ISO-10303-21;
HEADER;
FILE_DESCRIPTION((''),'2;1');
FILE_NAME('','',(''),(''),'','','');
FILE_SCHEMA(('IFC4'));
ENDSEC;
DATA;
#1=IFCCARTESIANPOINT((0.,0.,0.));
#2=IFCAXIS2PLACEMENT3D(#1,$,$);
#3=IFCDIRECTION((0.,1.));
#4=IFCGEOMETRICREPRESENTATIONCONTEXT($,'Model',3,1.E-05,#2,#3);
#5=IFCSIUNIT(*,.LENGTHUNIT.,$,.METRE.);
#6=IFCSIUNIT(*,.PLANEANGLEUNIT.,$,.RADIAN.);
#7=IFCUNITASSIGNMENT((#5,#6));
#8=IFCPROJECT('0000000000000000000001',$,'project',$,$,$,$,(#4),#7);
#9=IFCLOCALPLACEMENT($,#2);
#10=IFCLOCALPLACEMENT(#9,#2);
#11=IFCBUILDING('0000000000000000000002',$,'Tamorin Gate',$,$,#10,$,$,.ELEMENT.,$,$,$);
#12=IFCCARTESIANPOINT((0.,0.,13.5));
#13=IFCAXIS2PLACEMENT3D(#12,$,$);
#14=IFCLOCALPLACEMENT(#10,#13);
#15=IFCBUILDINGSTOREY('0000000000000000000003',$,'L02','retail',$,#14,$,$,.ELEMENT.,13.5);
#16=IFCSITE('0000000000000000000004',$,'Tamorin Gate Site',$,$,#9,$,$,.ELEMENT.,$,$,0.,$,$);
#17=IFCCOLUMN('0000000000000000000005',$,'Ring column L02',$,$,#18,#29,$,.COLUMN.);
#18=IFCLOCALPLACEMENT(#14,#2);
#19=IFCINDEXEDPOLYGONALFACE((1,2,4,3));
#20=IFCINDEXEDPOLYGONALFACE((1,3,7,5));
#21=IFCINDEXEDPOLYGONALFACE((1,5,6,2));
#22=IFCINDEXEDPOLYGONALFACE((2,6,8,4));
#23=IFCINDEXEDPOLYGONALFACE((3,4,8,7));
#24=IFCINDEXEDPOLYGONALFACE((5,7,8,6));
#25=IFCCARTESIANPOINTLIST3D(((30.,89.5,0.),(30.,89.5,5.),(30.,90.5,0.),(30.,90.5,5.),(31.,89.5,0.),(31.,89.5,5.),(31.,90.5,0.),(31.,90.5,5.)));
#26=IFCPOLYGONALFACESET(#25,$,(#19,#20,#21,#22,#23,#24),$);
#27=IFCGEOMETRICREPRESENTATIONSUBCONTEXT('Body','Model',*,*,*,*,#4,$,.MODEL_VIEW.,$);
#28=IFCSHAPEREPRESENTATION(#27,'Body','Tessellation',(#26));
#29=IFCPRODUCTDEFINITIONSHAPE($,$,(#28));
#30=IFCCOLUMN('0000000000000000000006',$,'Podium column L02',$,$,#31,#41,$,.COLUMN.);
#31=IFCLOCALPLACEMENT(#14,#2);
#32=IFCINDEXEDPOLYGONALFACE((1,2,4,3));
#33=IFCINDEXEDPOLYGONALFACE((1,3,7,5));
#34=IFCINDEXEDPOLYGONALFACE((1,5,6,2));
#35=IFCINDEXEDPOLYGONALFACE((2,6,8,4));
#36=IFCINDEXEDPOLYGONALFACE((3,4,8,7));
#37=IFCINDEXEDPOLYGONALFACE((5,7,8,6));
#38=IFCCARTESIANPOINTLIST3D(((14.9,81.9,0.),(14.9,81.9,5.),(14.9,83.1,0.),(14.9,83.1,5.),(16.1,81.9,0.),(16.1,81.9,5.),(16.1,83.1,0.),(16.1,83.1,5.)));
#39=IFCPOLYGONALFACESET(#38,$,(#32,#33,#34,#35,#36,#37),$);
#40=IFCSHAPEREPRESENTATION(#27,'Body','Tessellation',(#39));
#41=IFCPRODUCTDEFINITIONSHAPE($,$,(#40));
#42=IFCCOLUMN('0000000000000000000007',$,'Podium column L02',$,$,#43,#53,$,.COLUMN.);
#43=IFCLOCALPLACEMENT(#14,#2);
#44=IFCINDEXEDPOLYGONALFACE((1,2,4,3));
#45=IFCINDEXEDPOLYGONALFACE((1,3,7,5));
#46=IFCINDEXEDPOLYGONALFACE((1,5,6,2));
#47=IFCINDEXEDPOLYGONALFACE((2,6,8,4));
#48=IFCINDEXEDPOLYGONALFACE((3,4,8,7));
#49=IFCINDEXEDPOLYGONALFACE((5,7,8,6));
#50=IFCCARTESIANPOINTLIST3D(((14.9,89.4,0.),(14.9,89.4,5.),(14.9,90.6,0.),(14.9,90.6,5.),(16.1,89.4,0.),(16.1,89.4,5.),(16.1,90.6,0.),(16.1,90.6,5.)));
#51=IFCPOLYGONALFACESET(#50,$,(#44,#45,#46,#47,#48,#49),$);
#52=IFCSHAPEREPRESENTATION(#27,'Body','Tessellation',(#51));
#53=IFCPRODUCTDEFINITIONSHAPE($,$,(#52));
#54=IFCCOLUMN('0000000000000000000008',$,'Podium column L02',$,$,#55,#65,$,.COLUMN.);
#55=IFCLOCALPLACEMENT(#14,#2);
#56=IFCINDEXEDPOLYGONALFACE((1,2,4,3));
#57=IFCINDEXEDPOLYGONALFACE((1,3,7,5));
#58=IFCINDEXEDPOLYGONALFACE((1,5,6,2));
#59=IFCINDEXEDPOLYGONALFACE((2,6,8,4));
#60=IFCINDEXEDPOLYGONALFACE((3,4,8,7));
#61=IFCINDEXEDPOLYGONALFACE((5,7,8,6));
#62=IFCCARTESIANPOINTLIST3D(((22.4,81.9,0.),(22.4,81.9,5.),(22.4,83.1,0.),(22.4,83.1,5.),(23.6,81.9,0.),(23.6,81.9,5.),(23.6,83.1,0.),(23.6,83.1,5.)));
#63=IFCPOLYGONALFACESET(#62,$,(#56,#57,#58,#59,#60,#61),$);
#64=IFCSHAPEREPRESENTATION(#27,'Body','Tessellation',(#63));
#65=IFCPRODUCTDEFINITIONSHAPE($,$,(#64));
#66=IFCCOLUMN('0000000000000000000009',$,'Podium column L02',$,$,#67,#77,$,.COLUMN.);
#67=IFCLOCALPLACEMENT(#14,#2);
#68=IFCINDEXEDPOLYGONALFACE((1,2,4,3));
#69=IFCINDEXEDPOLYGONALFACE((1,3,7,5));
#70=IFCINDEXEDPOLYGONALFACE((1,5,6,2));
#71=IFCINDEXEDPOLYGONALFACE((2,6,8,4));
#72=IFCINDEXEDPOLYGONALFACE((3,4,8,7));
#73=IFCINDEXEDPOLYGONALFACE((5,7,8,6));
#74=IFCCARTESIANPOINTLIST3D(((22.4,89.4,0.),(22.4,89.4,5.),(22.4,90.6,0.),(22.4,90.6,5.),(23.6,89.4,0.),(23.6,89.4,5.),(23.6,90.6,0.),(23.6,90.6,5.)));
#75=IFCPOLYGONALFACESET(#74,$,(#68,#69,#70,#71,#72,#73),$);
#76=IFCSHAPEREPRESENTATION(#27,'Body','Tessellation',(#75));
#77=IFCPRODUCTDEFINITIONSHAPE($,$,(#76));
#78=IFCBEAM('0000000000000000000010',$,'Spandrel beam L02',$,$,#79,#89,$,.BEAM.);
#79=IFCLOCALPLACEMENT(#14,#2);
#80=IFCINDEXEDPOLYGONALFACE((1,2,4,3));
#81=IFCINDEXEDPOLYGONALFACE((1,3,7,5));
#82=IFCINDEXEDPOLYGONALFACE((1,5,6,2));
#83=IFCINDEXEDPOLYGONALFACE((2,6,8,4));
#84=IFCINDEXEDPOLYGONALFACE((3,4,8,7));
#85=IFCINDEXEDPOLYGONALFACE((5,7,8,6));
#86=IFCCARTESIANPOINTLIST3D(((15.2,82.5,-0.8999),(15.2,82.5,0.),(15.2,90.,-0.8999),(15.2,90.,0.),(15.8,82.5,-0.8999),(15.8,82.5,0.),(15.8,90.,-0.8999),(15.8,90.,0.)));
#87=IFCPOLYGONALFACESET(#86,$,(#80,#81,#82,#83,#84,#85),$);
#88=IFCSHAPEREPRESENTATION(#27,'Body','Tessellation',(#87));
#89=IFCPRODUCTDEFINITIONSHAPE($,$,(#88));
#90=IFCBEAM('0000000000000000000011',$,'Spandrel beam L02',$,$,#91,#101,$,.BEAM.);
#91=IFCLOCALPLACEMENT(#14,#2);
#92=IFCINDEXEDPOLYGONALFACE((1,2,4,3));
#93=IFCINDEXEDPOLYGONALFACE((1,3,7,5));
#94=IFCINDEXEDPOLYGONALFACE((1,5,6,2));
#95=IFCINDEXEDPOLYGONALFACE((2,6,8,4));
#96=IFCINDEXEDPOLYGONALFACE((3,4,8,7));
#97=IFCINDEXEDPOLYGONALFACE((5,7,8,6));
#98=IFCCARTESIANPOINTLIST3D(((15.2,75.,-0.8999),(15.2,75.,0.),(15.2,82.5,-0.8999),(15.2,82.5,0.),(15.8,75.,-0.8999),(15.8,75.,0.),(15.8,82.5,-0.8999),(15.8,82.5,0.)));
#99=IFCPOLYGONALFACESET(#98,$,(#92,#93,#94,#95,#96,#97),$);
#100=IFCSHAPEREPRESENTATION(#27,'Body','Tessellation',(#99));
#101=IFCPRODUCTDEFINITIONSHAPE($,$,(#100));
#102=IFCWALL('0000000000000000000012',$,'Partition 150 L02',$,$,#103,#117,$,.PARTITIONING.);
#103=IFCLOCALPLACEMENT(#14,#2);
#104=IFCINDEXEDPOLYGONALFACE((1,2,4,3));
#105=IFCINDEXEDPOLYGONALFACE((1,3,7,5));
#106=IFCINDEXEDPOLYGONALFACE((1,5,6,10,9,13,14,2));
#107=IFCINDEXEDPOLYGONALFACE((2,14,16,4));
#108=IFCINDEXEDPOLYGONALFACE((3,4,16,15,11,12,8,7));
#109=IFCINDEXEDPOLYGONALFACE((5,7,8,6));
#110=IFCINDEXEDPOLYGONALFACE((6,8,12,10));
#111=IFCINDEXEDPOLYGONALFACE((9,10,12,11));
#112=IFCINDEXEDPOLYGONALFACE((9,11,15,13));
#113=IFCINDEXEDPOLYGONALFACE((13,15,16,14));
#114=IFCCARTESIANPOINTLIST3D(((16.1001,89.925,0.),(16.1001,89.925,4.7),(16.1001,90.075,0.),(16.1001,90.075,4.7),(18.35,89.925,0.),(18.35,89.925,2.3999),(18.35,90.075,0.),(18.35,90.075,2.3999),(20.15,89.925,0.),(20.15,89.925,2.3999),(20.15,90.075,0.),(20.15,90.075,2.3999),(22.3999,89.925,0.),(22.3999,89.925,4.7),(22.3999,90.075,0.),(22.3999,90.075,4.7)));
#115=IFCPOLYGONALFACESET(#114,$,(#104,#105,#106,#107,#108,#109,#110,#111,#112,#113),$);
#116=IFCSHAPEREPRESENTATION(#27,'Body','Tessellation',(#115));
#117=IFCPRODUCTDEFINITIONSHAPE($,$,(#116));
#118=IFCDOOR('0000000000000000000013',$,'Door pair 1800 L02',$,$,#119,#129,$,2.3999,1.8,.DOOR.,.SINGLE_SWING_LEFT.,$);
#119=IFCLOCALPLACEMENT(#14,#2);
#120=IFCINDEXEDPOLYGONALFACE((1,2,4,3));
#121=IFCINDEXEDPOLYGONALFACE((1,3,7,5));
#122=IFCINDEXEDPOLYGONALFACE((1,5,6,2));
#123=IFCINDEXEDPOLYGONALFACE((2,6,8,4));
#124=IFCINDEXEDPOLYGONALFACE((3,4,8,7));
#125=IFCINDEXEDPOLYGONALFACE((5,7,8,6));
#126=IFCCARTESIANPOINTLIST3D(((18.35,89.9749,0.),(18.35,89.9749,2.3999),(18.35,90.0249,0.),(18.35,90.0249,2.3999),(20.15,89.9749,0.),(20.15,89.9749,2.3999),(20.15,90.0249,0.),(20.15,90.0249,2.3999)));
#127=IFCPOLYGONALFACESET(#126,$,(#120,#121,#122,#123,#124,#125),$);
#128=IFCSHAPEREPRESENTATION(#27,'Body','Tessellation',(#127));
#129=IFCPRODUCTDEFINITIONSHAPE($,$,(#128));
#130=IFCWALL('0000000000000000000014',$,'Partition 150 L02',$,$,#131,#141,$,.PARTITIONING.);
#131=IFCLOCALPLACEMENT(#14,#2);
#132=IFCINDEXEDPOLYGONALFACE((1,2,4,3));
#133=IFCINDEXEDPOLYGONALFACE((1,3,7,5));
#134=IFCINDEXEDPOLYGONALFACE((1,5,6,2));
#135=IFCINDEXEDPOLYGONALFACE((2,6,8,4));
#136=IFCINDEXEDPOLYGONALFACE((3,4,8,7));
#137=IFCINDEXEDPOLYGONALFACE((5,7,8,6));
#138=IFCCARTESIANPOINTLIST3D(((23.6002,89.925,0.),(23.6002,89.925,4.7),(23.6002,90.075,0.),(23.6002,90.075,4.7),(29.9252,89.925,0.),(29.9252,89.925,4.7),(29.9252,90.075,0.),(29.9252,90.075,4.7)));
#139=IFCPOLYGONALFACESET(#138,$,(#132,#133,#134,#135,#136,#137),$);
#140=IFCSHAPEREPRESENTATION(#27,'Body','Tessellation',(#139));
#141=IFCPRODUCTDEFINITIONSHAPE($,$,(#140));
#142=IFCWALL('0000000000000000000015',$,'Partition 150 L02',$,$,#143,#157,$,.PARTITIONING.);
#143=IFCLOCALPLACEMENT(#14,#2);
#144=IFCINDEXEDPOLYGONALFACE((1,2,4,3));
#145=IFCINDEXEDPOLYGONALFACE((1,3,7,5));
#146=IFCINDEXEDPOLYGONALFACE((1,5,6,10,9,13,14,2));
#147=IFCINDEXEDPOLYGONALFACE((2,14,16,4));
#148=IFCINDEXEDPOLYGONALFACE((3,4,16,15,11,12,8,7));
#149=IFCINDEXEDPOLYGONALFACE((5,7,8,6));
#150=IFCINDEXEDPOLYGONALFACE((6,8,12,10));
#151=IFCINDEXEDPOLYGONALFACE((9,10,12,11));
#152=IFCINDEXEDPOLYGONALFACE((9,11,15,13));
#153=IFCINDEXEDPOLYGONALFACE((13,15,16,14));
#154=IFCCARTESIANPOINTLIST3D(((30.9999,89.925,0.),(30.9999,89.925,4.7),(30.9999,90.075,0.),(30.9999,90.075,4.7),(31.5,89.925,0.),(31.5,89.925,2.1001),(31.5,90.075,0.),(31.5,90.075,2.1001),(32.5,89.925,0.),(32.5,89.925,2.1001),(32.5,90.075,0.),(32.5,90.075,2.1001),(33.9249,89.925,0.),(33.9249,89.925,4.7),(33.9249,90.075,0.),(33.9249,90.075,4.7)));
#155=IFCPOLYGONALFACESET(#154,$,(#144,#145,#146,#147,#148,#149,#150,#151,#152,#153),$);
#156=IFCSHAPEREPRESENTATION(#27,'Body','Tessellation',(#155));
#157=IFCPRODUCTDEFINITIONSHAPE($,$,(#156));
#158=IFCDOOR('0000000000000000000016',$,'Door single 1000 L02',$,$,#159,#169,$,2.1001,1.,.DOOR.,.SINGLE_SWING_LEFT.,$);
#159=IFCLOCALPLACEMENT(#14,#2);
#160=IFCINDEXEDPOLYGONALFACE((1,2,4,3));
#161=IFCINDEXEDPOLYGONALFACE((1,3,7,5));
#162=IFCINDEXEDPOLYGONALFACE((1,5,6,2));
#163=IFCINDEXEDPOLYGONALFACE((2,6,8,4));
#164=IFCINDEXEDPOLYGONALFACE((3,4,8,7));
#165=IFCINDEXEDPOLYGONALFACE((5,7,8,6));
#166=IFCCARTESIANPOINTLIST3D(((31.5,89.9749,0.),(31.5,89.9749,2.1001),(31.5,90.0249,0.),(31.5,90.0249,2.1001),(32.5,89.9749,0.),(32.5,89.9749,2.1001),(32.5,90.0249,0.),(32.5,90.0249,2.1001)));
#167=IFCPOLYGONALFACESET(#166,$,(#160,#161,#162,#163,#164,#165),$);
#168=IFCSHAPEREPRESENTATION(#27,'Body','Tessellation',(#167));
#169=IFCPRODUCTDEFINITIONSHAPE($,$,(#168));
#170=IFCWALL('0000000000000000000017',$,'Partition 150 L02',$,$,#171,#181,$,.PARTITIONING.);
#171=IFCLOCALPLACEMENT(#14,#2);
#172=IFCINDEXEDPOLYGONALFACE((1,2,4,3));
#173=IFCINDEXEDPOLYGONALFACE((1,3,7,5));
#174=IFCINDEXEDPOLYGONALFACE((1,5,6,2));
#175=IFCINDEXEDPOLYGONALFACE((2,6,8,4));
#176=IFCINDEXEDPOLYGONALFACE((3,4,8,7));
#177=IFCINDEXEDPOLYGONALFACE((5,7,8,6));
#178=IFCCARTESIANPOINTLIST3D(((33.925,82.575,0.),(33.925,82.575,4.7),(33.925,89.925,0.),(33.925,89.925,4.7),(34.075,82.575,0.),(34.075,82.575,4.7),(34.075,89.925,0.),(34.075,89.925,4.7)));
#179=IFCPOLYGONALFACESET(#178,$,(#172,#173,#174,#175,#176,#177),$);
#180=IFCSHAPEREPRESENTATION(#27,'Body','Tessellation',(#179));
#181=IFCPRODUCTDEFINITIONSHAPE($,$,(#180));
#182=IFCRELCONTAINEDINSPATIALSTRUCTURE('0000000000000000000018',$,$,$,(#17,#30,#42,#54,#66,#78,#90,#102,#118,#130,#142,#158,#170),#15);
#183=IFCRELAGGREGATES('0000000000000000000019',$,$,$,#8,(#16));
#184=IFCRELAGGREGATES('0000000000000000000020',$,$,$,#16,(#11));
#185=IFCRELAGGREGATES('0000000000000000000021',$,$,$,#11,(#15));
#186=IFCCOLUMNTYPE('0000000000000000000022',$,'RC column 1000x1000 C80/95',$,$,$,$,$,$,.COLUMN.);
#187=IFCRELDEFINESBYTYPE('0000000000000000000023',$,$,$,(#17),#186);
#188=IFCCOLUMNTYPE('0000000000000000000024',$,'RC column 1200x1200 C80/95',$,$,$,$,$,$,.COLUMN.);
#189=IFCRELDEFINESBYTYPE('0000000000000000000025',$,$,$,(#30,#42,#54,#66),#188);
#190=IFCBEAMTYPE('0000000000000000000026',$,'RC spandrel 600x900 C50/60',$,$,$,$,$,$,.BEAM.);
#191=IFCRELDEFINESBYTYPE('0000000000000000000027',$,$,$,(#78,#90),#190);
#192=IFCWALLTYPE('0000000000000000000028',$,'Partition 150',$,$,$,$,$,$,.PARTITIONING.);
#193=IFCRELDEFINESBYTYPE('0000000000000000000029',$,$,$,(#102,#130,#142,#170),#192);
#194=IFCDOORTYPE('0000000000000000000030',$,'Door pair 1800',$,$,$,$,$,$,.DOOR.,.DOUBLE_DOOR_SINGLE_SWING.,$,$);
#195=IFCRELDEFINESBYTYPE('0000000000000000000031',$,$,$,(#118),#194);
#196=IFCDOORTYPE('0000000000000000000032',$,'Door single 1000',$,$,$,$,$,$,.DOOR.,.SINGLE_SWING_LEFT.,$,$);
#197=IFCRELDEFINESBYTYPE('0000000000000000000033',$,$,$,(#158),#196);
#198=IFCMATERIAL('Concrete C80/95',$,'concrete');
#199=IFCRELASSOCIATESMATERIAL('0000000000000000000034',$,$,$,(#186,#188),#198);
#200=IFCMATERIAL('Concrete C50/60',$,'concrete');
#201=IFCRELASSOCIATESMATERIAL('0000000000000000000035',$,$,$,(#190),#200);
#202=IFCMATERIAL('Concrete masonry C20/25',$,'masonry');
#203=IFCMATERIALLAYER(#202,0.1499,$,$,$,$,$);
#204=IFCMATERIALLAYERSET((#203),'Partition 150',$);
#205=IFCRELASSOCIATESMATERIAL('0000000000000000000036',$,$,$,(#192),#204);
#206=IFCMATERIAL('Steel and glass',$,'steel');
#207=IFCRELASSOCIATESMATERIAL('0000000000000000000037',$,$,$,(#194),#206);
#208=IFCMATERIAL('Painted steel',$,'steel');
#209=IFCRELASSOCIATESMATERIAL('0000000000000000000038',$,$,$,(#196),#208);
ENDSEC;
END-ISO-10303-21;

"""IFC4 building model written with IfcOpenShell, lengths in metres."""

from ifc_helpers import new_model, si_unit, direction, frame, frame_2d, origin, origin_2d, place, context, subcontext, project, spatial, rectangle, extrude, material, layer, layer_set, material_profile, profile_set, type_object, element, fill, save


model = new_model("IFC4")

# Units and contexts
model_context = context("Model", 3, precision=1e-05, world=origin(), true_north=direction((0.0, 1.0)))
body_context = subcontext(model_context, "Body", "Model", "MODEL_VIEW")
ifc_project = project(units=[si_unit("LENGTHUNIT", "METRE"), si_unit("PLANEANGLEUNIT", "RADIAN")], contexts=[model_context])

# Site, building, storey
site_placement = place(None, origin())
site = spatial("IfcSite", under=ifc_project, at=site_placement, Name="Tamorin Gate Site", CompositionType="ELEMENT", RefElevation=0.0)
building_placement = place(site_placement, origin())
building = spatial("IfcBuilding", under=site, at=building_placement, Name="Tamorin Gate", CompositionType="ELEMENT")
storey_placement = place(building_placement, frame((0.0, 0.0, 13.5)))
storey = spatial("IfcBuildingStorey", under=building, at=storey_placement, Name="L02", Description="retail", CompositionType="ELEMENT", Elevation=13.5)

# Columns
ifc_material_1 = material(Name="Concrete C80/95", Category="concrete")
ifc_material_profile_1 = material_profile(ifc_material_1, rectangle(XDim=1.0, YDim=1.0, at=origin_2d()), Name="RC 1000x1000")
ifc_profile_set_1 = profile_set([ifc_material_profile_1], Name="Concrete C80/95")
column_type_1 = type_object("IfcColumnType", Name="RC column 1000x1000 C80/95", PredefinedType="COLUMN", material=ifc_profile_set_1)
column_placement = place(storey_placement, frame((30.5, 90.0, 0.0), z_axis=(0.0, 0.0, 1.0), x_axis=(1.0, 0.0, 0.0)))
element("IfcColumn", 1, at=column_placement, inside=storey, type_object=column_type_1, Name="Ring column L02", PredefinedType="COLUMN", context=body_context, shape_type="SweptSolid", body=[
    extrude(rectangle(XDim=1.0, YDim=1.0, at=origin_2d()), origin(), (0.0, 0.0, 1.0), 5.0),
])
ifc_material_profile_2 = material_profile(ifc_material_1, rectangle(XDim=1.2, YDim=1.2, at=origin_2d()), Name="RC 1200x1200")
ifc_profile_set_2 = profile_set([ifc_material_profile_2], Name="Concrete C80/95")
column_type_2 = type_object("IfcColumnType", Name="RC column 1200x1200 C80/95", PredefinedType="COLUMN", material=ifc_profile_set_2)
for number, where, z_axis, x_axis, name in (
    (2, (15.5, 82.5, 0.0), (0.0, 0.0, 1.0), (1.0, 0.0, 0.0), "Podium column L02"),
    (3, (15.5, 90.0, 0.0), (0.0, 0.0, 1.0), (1.0, 0.0, 0.0), "Podium column L02"),
    (4, (23.0, 82.5, 0.0), (0.0, 0.0, 1.0), (1.0, 0.0, 0.0), "Podium column L02"),
    (5, (23.0, 90.0, 0.0), (0.0, 0.0, 1.0), (1.0, 0.0, 0.0), "Podium column L02"),
):
    element("IfcColumn", number, at=place(storey_placement, frame(where, z_axis=z_axis, x_axis=x_axis)), inside=storey, type_object=column_type_2, Name=name, PredefinedType="COLUMN", context=body_context, shape_type="SweptSolid", body=[
        extrude(rectangle(XDim=1.2, YDim=1.2, at=origin_2d()), origin(), (0.0, 0.0, 1.0), 5.0),
    ])

# Beams
ifc_material_2 = material(Name="Concrete C50/60", Category="concrete")
ifc_material_profile_3 = material_profile(ifc_material_2, rectangle(XDim=0.6001, YDim=0.8999, at=origin_2d()), Name="RC 600x900")
ifc_profile_set_3 = profile_set([ifc_material_profile_3], Name="Concrete C50/60")
beam_type = type_object("IfcBeamType", Name="RC spandrel 600x900 C50/60", PredefinedType="BEAM", material=ifc_profile_set_3)
for number, where, z_axis, x_axis, name in (
    (6, (15.5, 90.0, -0.45), (0.0, -1.0, 0.0), (1.0, 0.0, 0.0), "Spandrel beam L02"),
    (7, (15.5, 82.5, -0.45), (0.0, -1.0, 0.0), (1.0, 0.0, 0.0), "Spandrel beam L02"),
):
    element("IfcBeam", number, at=place(storey_placement, frame(where, z_axis=z_axis, x_axis=x_axis)), inside=storey, type_object=beam_type, Name=name, PredefinedType="BEAM", context=body_context, shape_type="SweptSolid", body=[
        extrude(rectangle(XDim=0.6001, YDim=0.8999, at=origin_2d()), origin(), (0.0, 0.0, 1.0), 7.5),
    ])

# Wall, opening, door
ifc_material_3 = material(Name="Concrete masonry C20/25", Category="masonry")
ifc_layer_1 = layer(ifc_material_3, 0.1499)
ifc_layer_set_1 = layer_set([ifc_layer_1], Name="Partition 150")
wall_type_1 = type_object("IfcWallType", Name="Partition 150", PredefinedType="PARTITIONING", material=ifc_layer_set_1)
wall_1_placement = place(storey_placement, frame((16.1001, 90.0, 0.0), z_axis=(0.0, 0.0, 1.0), x_axis=(1.0, 0.0, 0.0)))
wall_1 = element("IfcWall", 8, at=wall_1_placement, inside=storey, type_object=wall_type_1, Name="Partition 150 L02", PredefinedType="PARTITIONING", context=body_context, shape_type="SweptSolid", body=[
    extrude(rectangle(XDim=6.2998, YDim=0.1499, at=frame_2d((3.1499, 0.0))), origin(), (0.0, 0.0, 1.0), 4.7),
])
opening_1_placement = place(wall_1_placement, frame((2.25, 0.0, 0.0)))
opening_1 = element("IfcOpeningElement", 9, at=opening_1_placement, cuts=wall_1, PredefinedType="OPENING", context=body_context, shape_type="SweptSolid", body=[
    extrude(rectangle(XDim=1.8, YDim=2.3999, at=frame_2d((0.8999, 1.2))), frame((0.0, 0.085, 0.0), z_axis=(0.0, -1.0, 0.0), x_axis=(1.0, 0.0, 0.0)), (0.0, 0.0, 1.0), 0.1699),
])
ifc_material_4 = material(Name="Steel and glass", Category="steel")
door_type_1 = type_object("IfcDoorType", Name="Door pair 1800", OperationType="DOUBLE_DOOR_SINGLE_SWING", PredefinedType="DOOR", material=ifc_material_4)
door_1_placement = place(opening_1_placement, origin())
door_1 = element("IfcDoor", 10, at=door_1_placement, inside=storey, type_object=door_type_1, Name="Door pair 1800 L02", OperationType="SINGLE_SWING_LEFT", OverallHeight=2.3999, OverallWidth=1.8, PredefinedType="DOOR", context=body_context, shape_type="SweptSolid", body=[
    extrude(rectangle(XDim=1.8, YDim=2.3999, at=frame_2d((0.8999, 1.2))), frame((0.0, 0.0249, 0.0), z_axis=(0.0, -1.0, 0.0), x_axis=(1.0, 0.0, 0.0)), (0.0, 0.0, 1.0), 0.05),
])
fill(opening_1, door_1)

# Wall
wall_2_placement = place(storey_placement, frame((23.6001, 90.0, 0.0), z_axis=(0.0, 0.0, 1.0), x_axis=(1.0, 0.0, 0.0)))
element("IfcWall", 11, at=wall_2_placement, inside=storey, type_object=wall_type_1, Name="Partition 150 L02", PredefinedType="PARTITIONING", context=body_context, shape_type="SweptSolid", body=[
    extrude(rectangle(XDim=6.325, YDim=0.1499, at=frame_2d((3.1626, 0.0))), origin(), (0.0, 0.0, 1.0), 4.7),
])

# Wall, opening, door
wall_3_placement = place(storey_placement, frame((31.0, 90.0, 0.0), z_axis=(0.0, 0.0, 1.0), x_axis=(1.0, 0.0, 0.0)))
wall_3 = element("IfcWall", 12, at=wall_3_placement, inside=storey, type_object=wall_type_1, Name="Partition 150 L02", PredefinedType="PARTITIONING", context=body_context, shape_type="SweptSolid", body=[
    extrude(rectangle(XDim=2.925, YDim=0.1499, at=frame_2d((1.4624, 0.0))), origin(), (0.0, 0.0, 1.0), 4.7),
])
opening_2_placement = place(wall_3_placement, frame((0.5, 0.0, 0.0)))
opening_2 = element("IfcOpeningElement", 13, at=opening_2_placement, cuts=wall_3, PredefinedType="OPENING", context=body_context, shape_type="SweptSolid", body=[
    extrude(rectangle(XDim=1.0, YDim=2.1001, at=frame_2d((0.5, 1.05))), frame((0.0, 0.085, 0.0), z_axis=(0.0, -1.0, 0.0), x_axis=(1.0, 0.0, 0.0)), (0.0, 0.0, 1.0), 0.1699),
])
ifc_material_5 = material(Name="Painted steel", Category="steel")
door_type_2 = type_object("IfcDoorType", Name="Door single 1000", OperationType="SINGLE_SWING_LEFT", PredefinedType="DOOR", material=ifc_material_5)
door_2_placement = place(opening_2_placement, origin())
door_2 = element("IfcDoor", 14, at=door_2_placement, inside=storey, type_object=door_type_2, Name="Door single 1000 L02", OperationType="SINGLE_SWING_LEFT", OverallHeight=2.1001, OverallWidth=1.0, PredefinedType="DOOR", context=body_context, shape_type="SweptSolid", body=[
    extrude(rectangle(XDim=1.0, YDim=2.1001, at=frame_2d((0.5, 1.05))), frame((0.0, 0.0249, 0.0), z_axis=(0.0, -1.0, 0.0), x_axis=(1.0, 0.0, 0.0)), (0.0, 0.0, 1.0), 0.05),
])
fill(opening_2, door_2)

# Wall
wall_4_placement = place(storey_placement, frame((34.0, 82.575, 0.0), z_axis=(0.0, 0.0, 1.0), x_axis=(0.0, 1.0, 0.0)))
element("IfcWall", 15, at=wall_4_placement, inside=storey, type_object=wall_type_1, Name="Partition 150 L02", PredefinedType="PARTITIONING", context=body_context, shape_type="SweptSolid", body=[
    extrude(rectangle(XDim=7.3501, YDim=0.1499, at=frame_2d((3.675, 0.0))), origin(), (0.0, 0.0, 1.0), 4.7),
])

save(model, "model.ifc")
